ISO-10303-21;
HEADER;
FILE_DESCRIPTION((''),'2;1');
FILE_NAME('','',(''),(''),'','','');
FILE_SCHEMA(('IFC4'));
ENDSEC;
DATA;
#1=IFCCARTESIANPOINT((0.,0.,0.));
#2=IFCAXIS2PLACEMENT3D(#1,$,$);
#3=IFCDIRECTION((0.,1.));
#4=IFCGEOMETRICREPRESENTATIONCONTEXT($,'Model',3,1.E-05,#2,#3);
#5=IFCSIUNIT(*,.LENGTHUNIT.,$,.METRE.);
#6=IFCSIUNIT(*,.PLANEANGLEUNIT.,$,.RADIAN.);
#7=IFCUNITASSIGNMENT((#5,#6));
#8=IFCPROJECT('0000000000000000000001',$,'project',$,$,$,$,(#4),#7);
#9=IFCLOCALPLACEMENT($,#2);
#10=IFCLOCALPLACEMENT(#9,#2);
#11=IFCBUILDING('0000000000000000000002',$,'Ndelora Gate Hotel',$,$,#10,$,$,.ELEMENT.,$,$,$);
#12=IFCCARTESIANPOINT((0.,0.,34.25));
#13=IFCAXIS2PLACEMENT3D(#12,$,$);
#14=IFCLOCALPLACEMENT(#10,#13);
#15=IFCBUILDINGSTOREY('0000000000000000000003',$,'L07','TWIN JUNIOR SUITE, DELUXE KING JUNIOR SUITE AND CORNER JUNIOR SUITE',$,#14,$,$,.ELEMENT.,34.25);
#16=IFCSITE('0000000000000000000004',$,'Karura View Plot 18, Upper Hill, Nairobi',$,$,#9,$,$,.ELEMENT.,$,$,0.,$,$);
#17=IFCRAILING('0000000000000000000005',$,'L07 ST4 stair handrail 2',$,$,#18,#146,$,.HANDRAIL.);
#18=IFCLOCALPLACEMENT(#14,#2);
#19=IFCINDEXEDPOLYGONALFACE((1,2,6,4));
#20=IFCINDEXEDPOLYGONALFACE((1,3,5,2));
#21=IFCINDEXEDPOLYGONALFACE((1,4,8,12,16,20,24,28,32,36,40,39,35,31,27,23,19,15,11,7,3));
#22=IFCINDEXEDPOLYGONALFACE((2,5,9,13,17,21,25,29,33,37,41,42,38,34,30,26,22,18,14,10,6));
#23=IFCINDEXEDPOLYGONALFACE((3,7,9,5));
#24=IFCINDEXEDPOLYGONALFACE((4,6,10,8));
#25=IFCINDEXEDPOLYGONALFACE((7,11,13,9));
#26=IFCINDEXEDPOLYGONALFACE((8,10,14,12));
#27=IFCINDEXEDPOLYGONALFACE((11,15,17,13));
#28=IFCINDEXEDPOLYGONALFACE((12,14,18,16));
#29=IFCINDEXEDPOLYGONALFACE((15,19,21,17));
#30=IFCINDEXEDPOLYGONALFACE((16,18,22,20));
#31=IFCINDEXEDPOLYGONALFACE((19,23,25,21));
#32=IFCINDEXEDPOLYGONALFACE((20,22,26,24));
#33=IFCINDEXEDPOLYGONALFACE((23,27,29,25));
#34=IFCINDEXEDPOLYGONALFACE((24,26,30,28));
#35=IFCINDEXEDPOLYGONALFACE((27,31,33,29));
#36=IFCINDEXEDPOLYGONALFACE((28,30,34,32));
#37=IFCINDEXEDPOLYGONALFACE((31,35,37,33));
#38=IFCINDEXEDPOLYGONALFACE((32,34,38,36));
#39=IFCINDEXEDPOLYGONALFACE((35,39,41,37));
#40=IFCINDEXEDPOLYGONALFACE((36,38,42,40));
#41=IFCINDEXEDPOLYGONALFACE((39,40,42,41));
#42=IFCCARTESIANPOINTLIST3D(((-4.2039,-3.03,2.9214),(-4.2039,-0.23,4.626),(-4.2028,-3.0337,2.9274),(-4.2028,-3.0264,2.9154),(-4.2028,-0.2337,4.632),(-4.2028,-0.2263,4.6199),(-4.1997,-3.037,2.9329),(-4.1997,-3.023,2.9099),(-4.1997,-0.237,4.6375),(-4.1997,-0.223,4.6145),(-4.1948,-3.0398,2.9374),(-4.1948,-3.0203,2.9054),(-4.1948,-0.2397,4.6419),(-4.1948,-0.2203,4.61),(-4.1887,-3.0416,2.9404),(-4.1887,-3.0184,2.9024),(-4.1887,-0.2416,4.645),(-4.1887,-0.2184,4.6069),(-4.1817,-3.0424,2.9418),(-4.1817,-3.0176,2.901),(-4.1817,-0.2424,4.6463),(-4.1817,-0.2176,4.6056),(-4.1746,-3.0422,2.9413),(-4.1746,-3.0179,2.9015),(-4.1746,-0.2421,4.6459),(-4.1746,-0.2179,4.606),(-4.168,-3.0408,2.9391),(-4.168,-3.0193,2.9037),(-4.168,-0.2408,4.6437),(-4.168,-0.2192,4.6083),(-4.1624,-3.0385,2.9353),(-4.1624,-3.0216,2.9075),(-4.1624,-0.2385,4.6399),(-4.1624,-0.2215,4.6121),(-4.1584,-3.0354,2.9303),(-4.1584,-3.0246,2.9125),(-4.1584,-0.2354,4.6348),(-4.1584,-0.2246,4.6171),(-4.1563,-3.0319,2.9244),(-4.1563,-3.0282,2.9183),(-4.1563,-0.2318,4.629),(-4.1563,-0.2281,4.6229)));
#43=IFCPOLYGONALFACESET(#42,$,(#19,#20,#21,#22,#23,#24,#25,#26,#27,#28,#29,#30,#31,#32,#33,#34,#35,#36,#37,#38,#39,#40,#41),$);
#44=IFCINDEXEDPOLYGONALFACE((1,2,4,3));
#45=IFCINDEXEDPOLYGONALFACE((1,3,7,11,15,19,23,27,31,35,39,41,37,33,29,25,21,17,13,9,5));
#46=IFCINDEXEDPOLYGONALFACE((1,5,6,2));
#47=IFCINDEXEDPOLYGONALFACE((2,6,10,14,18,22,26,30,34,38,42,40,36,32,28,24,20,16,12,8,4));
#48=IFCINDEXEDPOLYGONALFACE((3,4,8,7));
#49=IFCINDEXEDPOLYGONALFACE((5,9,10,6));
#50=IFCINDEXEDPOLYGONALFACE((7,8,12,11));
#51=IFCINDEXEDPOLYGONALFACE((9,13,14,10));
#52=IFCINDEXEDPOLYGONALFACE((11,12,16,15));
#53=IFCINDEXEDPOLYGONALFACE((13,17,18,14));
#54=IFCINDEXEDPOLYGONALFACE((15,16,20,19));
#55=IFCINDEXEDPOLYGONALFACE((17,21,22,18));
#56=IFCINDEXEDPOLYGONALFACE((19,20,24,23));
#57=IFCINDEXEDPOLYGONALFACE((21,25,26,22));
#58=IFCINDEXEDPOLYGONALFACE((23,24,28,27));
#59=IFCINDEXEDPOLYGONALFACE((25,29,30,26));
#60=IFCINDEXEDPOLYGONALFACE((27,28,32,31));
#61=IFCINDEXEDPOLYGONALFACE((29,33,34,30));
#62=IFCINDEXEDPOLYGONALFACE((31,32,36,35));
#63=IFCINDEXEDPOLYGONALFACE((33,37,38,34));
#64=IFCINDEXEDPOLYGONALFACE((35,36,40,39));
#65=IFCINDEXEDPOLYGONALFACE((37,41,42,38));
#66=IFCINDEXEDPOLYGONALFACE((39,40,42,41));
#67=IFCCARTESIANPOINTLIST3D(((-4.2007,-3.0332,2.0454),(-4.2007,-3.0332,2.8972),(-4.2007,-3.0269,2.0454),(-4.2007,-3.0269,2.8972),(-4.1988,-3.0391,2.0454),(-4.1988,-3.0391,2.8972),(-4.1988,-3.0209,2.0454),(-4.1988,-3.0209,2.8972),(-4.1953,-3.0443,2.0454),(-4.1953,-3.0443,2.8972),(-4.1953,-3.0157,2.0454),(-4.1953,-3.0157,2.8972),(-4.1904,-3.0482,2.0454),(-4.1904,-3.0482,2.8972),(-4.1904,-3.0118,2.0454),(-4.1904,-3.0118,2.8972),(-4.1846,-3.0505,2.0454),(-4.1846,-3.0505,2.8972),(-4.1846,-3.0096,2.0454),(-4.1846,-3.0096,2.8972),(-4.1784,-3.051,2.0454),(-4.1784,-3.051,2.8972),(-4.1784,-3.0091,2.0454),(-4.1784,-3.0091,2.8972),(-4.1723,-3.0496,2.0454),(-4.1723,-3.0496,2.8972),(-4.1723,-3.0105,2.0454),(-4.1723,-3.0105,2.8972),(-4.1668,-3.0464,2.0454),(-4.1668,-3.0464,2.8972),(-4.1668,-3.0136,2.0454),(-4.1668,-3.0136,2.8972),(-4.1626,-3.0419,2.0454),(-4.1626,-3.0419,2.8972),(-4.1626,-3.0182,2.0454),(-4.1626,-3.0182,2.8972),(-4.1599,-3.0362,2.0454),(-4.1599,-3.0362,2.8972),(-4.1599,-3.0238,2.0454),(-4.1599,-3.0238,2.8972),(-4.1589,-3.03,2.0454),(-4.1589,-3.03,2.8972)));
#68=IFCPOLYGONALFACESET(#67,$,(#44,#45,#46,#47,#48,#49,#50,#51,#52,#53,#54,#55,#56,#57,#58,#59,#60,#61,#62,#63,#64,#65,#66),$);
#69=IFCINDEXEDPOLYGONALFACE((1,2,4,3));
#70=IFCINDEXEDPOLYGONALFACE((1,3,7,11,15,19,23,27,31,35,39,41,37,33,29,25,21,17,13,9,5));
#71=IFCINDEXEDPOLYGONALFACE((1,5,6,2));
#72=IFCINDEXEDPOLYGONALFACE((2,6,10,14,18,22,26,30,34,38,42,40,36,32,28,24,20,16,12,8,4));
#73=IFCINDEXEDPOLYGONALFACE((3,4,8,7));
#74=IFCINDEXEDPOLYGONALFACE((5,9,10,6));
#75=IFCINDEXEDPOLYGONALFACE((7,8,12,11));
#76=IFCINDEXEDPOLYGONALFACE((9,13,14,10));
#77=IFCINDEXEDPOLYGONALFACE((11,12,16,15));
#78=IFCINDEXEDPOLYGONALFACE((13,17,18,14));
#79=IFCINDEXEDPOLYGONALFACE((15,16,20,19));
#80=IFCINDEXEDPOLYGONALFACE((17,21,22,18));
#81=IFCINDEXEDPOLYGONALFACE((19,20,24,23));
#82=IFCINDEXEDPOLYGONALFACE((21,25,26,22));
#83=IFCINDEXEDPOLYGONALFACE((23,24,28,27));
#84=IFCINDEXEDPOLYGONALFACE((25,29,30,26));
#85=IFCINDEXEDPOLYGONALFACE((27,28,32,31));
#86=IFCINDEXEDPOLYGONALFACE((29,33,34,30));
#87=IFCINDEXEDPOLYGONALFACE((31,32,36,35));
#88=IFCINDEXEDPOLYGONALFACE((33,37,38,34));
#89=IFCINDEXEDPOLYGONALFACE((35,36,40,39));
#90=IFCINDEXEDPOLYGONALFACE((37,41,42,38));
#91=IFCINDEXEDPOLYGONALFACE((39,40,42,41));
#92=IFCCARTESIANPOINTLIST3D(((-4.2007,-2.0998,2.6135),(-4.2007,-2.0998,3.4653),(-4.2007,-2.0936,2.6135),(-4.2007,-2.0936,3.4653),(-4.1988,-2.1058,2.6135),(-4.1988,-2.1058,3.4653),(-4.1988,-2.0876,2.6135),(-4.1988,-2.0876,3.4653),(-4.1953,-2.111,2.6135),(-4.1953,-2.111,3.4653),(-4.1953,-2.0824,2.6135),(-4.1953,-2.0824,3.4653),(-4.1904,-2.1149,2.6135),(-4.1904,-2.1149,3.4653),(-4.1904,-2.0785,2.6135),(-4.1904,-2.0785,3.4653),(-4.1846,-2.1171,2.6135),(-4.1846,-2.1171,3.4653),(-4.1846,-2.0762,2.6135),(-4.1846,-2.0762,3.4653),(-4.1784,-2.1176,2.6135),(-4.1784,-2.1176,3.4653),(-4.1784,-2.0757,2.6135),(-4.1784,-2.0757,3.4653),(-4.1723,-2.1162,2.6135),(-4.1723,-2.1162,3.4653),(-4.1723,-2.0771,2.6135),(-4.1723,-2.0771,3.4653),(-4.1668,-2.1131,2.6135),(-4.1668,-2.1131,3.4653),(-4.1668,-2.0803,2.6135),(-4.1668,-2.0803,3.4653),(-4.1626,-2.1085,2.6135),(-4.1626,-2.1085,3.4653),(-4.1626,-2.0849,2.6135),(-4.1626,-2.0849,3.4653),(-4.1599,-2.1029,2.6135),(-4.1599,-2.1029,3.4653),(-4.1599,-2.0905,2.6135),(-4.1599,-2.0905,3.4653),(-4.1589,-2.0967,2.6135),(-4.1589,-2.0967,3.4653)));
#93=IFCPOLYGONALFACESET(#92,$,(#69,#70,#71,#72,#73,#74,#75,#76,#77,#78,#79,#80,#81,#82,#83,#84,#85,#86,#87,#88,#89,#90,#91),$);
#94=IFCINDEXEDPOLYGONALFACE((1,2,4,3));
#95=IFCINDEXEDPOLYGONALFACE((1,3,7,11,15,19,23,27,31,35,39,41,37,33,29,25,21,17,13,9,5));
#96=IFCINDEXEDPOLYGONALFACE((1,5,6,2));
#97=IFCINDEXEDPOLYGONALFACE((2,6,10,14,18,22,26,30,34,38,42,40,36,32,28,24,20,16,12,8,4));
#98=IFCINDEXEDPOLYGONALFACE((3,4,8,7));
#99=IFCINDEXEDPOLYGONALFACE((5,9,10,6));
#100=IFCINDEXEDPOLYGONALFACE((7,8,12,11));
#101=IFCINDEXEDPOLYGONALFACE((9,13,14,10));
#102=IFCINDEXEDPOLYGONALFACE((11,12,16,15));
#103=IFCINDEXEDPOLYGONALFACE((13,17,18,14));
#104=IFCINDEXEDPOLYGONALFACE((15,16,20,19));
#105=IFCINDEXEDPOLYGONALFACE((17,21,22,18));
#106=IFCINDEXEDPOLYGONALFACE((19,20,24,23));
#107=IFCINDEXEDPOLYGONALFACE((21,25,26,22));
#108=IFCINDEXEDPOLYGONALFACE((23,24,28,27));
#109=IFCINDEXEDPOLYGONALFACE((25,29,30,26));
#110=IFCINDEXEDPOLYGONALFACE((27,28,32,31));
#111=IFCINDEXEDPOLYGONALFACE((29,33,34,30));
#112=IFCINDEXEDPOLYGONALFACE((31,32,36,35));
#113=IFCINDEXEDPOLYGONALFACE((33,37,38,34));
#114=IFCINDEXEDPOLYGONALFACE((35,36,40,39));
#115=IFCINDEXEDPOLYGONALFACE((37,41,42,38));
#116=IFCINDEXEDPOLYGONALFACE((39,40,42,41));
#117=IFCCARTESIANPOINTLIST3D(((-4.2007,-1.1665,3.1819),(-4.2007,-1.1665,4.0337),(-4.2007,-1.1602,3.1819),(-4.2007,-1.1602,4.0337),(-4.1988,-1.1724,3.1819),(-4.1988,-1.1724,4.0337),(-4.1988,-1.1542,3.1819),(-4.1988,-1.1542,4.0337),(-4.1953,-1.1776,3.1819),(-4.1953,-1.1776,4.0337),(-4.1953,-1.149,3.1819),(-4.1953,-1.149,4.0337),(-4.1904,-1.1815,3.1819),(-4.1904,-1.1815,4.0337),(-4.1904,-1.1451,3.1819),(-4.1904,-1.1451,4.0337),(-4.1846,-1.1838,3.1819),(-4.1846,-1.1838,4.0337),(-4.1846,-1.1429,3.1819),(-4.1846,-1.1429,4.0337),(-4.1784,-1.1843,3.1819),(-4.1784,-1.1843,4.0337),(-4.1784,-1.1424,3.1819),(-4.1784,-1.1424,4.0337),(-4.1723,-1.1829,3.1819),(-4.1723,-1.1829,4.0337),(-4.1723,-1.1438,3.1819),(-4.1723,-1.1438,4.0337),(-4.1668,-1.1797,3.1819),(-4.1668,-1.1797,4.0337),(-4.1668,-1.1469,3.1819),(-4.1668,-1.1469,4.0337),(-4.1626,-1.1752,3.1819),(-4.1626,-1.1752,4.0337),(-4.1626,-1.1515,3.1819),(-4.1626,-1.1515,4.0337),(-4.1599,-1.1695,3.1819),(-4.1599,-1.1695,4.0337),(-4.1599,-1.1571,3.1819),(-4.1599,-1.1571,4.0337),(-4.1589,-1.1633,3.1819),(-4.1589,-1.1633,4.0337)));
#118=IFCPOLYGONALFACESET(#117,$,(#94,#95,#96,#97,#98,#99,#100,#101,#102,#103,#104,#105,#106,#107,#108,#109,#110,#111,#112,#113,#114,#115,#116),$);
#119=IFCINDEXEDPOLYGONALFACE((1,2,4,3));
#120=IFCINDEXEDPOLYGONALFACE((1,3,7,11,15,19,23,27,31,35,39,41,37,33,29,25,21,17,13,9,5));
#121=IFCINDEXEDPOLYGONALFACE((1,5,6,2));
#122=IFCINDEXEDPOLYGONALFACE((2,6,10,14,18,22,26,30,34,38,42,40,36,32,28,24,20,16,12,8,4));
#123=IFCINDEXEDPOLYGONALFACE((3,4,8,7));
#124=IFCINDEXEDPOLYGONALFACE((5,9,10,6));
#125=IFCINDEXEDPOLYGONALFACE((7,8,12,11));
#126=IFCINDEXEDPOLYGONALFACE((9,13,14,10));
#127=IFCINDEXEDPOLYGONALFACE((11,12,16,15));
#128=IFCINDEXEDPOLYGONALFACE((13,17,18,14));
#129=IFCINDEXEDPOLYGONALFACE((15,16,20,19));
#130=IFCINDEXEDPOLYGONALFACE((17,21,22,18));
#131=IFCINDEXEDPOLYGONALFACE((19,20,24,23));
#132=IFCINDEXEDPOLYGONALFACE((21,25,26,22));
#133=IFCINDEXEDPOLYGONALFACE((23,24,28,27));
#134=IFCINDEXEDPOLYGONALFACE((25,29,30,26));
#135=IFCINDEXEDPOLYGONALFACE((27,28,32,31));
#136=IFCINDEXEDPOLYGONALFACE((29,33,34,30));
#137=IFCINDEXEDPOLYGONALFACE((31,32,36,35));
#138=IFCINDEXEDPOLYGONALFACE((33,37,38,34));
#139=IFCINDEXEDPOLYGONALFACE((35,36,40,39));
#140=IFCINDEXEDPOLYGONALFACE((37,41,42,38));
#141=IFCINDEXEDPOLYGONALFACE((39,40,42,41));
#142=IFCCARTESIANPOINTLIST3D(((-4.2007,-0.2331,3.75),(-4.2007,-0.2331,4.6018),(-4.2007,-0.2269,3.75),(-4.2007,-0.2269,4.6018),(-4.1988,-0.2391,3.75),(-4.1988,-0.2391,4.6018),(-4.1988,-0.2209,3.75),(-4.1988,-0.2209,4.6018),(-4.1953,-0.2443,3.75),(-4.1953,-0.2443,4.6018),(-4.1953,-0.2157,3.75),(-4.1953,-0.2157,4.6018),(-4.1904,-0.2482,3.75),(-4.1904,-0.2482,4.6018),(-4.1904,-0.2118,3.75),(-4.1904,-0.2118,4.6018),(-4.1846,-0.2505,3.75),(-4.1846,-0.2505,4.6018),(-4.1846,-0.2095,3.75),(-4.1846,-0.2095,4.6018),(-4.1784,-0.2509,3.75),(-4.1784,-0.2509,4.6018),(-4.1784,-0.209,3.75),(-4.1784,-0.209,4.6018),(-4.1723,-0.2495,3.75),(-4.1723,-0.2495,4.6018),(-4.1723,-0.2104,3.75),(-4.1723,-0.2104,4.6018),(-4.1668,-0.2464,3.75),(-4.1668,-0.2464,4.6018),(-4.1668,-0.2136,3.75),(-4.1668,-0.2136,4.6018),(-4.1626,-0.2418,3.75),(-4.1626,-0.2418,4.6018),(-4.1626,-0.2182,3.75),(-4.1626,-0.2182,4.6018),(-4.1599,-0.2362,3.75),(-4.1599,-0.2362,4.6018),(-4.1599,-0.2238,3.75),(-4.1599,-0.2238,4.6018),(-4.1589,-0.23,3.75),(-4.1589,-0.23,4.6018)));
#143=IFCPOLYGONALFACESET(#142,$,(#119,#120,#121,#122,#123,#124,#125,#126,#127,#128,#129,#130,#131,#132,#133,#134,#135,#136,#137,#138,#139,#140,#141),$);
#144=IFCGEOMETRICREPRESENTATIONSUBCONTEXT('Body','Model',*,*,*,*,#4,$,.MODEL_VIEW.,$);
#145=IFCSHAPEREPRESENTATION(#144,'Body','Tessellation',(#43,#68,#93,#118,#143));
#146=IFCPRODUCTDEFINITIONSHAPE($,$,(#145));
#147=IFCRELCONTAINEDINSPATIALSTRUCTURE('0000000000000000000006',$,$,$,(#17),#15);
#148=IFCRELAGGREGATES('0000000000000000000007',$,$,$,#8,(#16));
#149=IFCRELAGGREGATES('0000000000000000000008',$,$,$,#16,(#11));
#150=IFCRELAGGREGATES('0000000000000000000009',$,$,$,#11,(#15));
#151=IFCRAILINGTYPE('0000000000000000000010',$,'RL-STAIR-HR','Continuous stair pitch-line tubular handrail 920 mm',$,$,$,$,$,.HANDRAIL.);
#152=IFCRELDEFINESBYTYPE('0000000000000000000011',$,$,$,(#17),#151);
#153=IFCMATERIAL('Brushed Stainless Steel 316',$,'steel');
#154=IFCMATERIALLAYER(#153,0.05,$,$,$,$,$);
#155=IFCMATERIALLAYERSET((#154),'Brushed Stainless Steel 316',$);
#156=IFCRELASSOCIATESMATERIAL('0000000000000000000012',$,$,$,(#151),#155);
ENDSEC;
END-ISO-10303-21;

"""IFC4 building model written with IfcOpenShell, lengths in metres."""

from ifc_helpers import new_model, si_unit, direction, frame, origin, origin_2d, place, context, subcontext, project, spatial, circle, extrude, material, layer, layer_set, type_object, element, save


model = new_model("IFC4")

# Units and contexts
model_context = context("Model", 3, precision=1e-05, world=origin(), true_north=direction((0.0, 1.0)))
body_context = subcontext(model_context, "Body", "Model", "MODEL_VIEW")
ifc_project = project(units=[si_unit("LENGTHUNIT", "METRE"), si_unit("PLANEANGLEUNIT", "RADIAN")], contexts=[model_context])

# Site, building, storey
site_placement = place(None, origin())
site = spatial("IfcSite", under=ifc_project, at=site_placement, Name="Karura View Plot 18, Upper Hill, Nairobi", CompositionType="ELEMENT", RefElevation=0.0)
building_placement = place(site_placement, origin())
building = spatial("IfcBuilding", under=site, at=building_placement, Name="Ndelora Gate Hotel", CompositionType="ELEMENT")
storey_placement = place(building_placement, frame((0.0, 0.0, 34.25)))
storey = spatial("IfcBuildingStorey", under=building, at=storey_placement, Name="L07", Description="TWIN JUNIOR SUITE, DELUXE KING JUNIOR SUITE AND CORNER JUNIOR SUITE", CompositionType="ELEMENT", Elevation=34.25)

# Railing
ifc_material_1 = material(Name="Brushed Stainless Steel 316", Category="steel")
ifc_layer_1 = layer(ifc_material_1, 0.05)
ifc_layer_set_1 = layer_set([ifc_layer_1], Name="Brushed Stainless Steel 316")
railing_type_1 = type_object("IfcRailingType", Name="RL-STAIR-HR", Description="Continuous stair pitch-line tubular handrail 920 mm", PredefinedType="HANDRAIL", material=ifc_layer_set_1)
railing_1_placement = place(storey_placement, frame((-4.1799, -3.03, 2.0454)))
element("IfcRailing", 1, at=railing_1_placement, inside=storey, type_object=railing_type_1, Name="L07 ST4 stair handrail 2", PredefinedType="HANDRAIL", context=body_context, shape_type="SweptSolid", body=[
    extrude(circle(Radius=0.0239, at=origin_2d()), frame((0.0, 0.0, 0.876), z_axis=(0.0, 0.85417, 0.519994), x_axis=(-1.0, 0.0, 0.0)), (0.0, 0.0, 1.0), 3.2781),
    extrude(circle(Radius=0.021, at=origin_2d()), origin(), (0.0, 0.0, 1.0), 0.8518),
    extrude(circle(Radius=0.021, at=origin_2d()), frame((0.0, 0.9333, 0.5681)), (0.0, 0.0, 1.0), 0.8518),
    extrude(circle(Radius=0.021, at=origin_2d()), frame((0.0, 1.8667, 1.1365)), (0.0, 0.0, 1.0), 0.8518),
    extrude(circle(Radius=0.021, at=origin_2d()), frame((0.0, 2.8, 1.7046)), (0.0, 0.0, 1.0), 0.8518),
])

save(model, "model.ifc")
